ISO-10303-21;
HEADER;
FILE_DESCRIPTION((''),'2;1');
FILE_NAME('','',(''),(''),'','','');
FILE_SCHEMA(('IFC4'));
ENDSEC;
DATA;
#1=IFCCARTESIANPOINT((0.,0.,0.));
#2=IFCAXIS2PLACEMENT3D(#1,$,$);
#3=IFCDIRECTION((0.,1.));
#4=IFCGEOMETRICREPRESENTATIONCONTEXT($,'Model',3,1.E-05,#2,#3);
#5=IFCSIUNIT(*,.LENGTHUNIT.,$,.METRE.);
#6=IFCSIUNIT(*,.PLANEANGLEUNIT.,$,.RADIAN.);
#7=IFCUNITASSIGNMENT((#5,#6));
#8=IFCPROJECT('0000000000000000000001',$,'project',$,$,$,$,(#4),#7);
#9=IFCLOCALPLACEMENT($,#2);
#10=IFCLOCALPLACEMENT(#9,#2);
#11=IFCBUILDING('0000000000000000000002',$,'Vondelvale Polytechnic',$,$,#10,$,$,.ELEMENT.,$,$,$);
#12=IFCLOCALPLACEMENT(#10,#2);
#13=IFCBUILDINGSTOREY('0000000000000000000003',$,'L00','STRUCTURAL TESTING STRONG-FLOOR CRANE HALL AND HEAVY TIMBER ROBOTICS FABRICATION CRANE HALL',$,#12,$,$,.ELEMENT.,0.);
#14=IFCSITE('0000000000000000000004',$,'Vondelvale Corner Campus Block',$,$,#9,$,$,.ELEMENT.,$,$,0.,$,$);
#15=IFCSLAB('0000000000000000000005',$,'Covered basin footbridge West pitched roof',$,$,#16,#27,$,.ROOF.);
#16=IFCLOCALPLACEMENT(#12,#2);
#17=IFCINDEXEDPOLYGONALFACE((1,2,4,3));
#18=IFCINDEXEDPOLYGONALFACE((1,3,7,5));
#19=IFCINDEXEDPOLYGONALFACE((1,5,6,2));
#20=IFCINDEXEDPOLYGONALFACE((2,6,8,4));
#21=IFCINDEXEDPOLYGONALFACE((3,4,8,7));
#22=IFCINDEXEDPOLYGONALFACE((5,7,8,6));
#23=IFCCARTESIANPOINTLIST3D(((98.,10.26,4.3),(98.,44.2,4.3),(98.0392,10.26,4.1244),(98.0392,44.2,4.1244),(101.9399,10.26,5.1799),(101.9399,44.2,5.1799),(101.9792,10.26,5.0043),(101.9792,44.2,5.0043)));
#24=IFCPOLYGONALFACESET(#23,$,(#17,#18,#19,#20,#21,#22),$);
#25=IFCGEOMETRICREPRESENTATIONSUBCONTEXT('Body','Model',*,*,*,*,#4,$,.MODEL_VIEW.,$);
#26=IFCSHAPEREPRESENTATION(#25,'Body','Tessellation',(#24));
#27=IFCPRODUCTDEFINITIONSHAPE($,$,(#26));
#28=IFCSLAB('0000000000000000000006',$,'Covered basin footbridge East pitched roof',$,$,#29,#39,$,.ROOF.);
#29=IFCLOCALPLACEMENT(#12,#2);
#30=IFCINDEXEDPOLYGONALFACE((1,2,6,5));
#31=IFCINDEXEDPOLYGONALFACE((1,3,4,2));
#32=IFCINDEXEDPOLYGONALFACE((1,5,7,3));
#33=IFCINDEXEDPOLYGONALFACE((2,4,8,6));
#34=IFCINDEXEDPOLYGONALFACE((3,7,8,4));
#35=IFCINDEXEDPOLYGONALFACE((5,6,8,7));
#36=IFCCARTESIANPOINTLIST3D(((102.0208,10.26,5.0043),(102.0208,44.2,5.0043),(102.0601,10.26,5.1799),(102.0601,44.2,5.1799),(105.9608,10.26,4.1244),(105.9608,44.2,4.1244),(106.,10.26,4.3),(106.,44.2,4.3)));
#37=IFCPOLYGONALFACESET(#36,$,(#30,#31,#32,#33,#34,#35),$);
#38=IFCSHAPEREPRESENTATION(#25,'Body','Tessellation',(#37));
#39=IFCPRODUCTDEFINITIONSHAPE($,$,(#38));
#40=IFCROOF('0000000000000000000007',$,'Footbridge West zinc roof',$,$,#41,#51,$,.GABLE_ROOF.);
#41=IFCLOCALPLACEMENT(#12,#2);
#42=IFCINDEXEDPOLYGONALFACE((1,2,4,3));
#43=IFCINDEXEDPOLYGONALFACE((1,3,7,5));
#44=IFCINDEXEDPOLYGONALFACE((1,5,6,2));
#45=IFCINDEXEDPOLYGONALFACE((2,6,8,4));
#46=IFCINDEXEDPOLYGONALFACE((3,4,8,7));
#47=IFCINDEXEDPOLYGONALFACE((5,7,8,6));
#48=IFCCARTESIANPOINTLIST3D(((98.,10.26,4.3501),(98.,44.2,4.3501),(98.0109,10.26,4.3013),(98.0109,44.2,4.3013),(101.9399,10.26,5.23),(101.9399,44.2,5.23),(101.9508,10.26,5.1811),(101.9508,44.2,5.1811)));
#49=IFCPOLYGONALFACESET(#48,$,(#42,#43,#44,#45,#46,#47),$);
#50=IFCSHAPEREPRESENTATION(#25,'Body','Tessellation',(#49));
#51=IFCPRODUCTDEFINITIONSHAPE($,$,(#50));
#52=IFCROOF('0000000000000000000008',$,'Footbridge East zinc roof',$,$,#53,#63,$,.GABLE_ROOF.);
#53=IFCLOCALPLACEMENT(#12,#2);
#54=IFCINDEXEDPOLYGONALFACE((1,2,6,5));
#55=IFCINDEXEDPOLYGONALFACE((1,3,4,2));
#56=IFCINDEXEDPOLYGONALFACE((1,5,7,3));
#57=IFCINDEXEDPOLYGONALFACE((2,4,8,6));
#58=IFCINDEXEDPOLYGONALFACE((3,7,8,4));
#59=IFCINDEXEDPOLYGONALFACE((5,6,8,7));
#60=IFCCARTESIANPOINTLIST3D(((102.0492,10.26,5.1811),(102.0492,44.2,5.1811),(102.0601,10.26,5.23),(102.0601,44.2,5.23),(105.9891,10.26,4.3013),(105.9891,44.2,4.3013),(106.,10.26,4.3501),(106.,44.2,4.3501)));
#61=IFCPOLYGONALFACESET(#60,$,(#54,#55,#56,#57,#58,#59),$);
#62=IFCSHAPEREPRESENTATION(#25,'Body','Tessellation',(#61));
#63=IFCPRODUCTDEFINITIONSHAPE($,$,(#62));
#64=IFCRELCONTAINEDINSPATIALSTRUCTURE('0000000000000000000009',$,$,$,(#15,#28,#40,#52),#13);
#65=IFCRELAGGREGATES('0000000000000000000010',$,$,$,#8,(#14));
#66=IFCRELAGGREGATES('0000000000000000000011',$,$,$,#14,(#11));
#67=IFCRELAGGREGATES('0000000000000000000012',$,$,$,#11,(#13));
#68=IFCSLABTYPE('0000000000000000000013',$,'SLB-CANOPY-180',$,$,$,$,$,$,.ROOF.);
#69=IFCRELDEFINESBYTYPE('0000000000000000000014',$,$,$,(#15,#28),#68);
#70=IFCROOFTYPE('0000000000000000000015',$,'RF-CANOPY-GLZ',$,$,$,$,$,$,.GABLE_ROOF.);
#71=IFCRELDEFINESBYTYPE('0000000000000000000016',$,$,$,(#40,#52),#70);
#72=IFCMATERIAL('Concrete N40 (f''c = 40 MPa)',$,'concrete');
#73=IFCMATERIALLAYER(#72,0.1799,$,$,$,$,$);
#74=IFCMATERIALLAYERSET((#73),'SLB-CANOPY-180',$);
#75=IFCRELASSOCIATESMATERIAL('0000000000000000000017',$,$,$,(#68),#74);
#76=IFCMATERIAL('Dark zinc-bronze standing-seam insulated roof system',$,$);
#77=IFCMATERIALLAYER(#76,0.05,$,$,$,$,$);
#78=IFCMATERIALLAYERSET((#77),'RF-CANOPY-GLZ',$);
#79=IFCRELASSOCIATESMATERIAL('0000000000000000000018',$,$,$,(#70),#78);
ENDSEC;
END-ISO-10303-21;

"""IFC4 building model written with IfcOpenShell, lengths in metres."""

from ifc_helpers import new_model, si_unit, direction, frame, origin, place, context, subcontext, project, spatial, polyline, outline, extrude, material, layer, layer_set, type_object, element, save


model = new_model("IFC4")

# Units and contexts
model_context = context("Model", 3, precision=1e-05, world=origin(), true_north=direction((0.0, 1.0)))
body_context = subcontext(model_context, "Body", "Model", "MODEL_VIEW")
ifc_project = project(units=[si_unit("LENGTHUNIT", "METRE"), si_unit("PLANEANGLEUNIT", "RADIAN")], contexts=[model_context])

# Site, building, storey
site_placement = place(None, origin())
site = spatial("IfcSite", under=ifc_project, at=site_placement, Name="Vondelvale Corner Campus Block", CompositionType="ELEMENT", RefElevation=0.0)
building_placement = place(site_placement, origin())
building = spatial("IfcBuilding", under=site, at=building_placement, Name="Vondelvale Polytechnic", CompositionType="ELEMENT")
storey_placement = place(building_placement, origin())
storey = spatial("IfcBuildingStorey", under=building, at=storey_placement, Name="L00", Description="STRUCTURAL TESTING STRONG-FLOOR CRANE HALL AND HEAVY TIMBER ROBOTICS FABRICATION CRANE HALL", CompositionType="ELEMENT", Elevation=0.0)

# Shared definitions
ifc_material_1 = material(Name="Concrete N40 (f'c = 40 MPa)", Category="concrete")

# Slabs
ifc_layer_1 = layer(ifc_material_1, 0.1799)
ifc_layer_set_1 = layer_set([ifc_layer_1], Name="SLB-CANOPY-180")
slab_type = type_object("IfcSlabType", Name="SLB-CANOPY-180", PredefinedType="ROOF", material=ifc_layer_set_1)
for number, where, z_axis, x_axis, name in (
    (1, (98.0, 10.26, 4.3), (-0.217955, 0.0, 0.975959), (0.975959, 0.0, 0.217955), "Covered basin footbridge West pitched roof"),
    (2, (102.0601, 10.26, 5.1799), (0.217955, 0.0, 0.975959), (0.975959, 0.0, -0.217955), "Covered basin footbridge East pitched roof"),
):
    element("IfcSlab", number, at=place(storey_placement, frame(where, z_axis=z_axis, x_axis=x_axis)), inside=storey, type_object=slab_type, Name=name, PredefinedType="ROOF", context=body_context, shape_type="SweptSolid", body=[
        extrude(outline(polyline([(0.0, 0.0), (4.037, 0.0), (4.037, 33.9399), (0.0, 33.9399), (0.0, 0.0)])), origin(), (0.0, 0.0, -1.0), 0.1799),
    ])

# Roofs
ifc_material_2 = material(Name="Dark zinc-bronze standing-seam insulated roof system")
ifc_layer_2 = layer(ifc_material_2, 0.05)
ifc_layer_set_2 = layer_set([ifc_layer_2], Name="RF-CANOPY-GLZ")
roof_type = type_object("IfcRoofType", Name="RF-CANOPY-GLZ", PredefinedType="GABLE_ROOF", material=ifc_layer_set_2)
for number, where, z_axis, x_axis, name in (
    (3, (98.0, 10.26, 4.3501), (-0.217955, 0.0, 0.975959), (0.975959, 0.0, 0.217955), "Footbridge West zinc roof"),
    (4, (102.0601, 10.26, 5.23), (0.217955, 0.0, 0.975959), (0.975959, 0.0, -0.217955), "Footbridge East zinc roof"),
):
    element("IfcRoof", number, at=place(storey_placement, frame(where, z_axis=z_axis, x_axis=x_axis)), inside=storey, type_object=roof_type, Name=name, PredefinedType="GABLE_ROOF", context=body_context, shape_type="SweptSolid", body=[
        extrude(outline(polyline([(0.0, 0.0), (4.037, 0.0), (4.037, 33.9399), (0.0, 33.9399), (0.0, 0.0)])), origin(), (0.0, 0.0, -1.0), 0.05),
    ])

save(model, "model.ifc")
